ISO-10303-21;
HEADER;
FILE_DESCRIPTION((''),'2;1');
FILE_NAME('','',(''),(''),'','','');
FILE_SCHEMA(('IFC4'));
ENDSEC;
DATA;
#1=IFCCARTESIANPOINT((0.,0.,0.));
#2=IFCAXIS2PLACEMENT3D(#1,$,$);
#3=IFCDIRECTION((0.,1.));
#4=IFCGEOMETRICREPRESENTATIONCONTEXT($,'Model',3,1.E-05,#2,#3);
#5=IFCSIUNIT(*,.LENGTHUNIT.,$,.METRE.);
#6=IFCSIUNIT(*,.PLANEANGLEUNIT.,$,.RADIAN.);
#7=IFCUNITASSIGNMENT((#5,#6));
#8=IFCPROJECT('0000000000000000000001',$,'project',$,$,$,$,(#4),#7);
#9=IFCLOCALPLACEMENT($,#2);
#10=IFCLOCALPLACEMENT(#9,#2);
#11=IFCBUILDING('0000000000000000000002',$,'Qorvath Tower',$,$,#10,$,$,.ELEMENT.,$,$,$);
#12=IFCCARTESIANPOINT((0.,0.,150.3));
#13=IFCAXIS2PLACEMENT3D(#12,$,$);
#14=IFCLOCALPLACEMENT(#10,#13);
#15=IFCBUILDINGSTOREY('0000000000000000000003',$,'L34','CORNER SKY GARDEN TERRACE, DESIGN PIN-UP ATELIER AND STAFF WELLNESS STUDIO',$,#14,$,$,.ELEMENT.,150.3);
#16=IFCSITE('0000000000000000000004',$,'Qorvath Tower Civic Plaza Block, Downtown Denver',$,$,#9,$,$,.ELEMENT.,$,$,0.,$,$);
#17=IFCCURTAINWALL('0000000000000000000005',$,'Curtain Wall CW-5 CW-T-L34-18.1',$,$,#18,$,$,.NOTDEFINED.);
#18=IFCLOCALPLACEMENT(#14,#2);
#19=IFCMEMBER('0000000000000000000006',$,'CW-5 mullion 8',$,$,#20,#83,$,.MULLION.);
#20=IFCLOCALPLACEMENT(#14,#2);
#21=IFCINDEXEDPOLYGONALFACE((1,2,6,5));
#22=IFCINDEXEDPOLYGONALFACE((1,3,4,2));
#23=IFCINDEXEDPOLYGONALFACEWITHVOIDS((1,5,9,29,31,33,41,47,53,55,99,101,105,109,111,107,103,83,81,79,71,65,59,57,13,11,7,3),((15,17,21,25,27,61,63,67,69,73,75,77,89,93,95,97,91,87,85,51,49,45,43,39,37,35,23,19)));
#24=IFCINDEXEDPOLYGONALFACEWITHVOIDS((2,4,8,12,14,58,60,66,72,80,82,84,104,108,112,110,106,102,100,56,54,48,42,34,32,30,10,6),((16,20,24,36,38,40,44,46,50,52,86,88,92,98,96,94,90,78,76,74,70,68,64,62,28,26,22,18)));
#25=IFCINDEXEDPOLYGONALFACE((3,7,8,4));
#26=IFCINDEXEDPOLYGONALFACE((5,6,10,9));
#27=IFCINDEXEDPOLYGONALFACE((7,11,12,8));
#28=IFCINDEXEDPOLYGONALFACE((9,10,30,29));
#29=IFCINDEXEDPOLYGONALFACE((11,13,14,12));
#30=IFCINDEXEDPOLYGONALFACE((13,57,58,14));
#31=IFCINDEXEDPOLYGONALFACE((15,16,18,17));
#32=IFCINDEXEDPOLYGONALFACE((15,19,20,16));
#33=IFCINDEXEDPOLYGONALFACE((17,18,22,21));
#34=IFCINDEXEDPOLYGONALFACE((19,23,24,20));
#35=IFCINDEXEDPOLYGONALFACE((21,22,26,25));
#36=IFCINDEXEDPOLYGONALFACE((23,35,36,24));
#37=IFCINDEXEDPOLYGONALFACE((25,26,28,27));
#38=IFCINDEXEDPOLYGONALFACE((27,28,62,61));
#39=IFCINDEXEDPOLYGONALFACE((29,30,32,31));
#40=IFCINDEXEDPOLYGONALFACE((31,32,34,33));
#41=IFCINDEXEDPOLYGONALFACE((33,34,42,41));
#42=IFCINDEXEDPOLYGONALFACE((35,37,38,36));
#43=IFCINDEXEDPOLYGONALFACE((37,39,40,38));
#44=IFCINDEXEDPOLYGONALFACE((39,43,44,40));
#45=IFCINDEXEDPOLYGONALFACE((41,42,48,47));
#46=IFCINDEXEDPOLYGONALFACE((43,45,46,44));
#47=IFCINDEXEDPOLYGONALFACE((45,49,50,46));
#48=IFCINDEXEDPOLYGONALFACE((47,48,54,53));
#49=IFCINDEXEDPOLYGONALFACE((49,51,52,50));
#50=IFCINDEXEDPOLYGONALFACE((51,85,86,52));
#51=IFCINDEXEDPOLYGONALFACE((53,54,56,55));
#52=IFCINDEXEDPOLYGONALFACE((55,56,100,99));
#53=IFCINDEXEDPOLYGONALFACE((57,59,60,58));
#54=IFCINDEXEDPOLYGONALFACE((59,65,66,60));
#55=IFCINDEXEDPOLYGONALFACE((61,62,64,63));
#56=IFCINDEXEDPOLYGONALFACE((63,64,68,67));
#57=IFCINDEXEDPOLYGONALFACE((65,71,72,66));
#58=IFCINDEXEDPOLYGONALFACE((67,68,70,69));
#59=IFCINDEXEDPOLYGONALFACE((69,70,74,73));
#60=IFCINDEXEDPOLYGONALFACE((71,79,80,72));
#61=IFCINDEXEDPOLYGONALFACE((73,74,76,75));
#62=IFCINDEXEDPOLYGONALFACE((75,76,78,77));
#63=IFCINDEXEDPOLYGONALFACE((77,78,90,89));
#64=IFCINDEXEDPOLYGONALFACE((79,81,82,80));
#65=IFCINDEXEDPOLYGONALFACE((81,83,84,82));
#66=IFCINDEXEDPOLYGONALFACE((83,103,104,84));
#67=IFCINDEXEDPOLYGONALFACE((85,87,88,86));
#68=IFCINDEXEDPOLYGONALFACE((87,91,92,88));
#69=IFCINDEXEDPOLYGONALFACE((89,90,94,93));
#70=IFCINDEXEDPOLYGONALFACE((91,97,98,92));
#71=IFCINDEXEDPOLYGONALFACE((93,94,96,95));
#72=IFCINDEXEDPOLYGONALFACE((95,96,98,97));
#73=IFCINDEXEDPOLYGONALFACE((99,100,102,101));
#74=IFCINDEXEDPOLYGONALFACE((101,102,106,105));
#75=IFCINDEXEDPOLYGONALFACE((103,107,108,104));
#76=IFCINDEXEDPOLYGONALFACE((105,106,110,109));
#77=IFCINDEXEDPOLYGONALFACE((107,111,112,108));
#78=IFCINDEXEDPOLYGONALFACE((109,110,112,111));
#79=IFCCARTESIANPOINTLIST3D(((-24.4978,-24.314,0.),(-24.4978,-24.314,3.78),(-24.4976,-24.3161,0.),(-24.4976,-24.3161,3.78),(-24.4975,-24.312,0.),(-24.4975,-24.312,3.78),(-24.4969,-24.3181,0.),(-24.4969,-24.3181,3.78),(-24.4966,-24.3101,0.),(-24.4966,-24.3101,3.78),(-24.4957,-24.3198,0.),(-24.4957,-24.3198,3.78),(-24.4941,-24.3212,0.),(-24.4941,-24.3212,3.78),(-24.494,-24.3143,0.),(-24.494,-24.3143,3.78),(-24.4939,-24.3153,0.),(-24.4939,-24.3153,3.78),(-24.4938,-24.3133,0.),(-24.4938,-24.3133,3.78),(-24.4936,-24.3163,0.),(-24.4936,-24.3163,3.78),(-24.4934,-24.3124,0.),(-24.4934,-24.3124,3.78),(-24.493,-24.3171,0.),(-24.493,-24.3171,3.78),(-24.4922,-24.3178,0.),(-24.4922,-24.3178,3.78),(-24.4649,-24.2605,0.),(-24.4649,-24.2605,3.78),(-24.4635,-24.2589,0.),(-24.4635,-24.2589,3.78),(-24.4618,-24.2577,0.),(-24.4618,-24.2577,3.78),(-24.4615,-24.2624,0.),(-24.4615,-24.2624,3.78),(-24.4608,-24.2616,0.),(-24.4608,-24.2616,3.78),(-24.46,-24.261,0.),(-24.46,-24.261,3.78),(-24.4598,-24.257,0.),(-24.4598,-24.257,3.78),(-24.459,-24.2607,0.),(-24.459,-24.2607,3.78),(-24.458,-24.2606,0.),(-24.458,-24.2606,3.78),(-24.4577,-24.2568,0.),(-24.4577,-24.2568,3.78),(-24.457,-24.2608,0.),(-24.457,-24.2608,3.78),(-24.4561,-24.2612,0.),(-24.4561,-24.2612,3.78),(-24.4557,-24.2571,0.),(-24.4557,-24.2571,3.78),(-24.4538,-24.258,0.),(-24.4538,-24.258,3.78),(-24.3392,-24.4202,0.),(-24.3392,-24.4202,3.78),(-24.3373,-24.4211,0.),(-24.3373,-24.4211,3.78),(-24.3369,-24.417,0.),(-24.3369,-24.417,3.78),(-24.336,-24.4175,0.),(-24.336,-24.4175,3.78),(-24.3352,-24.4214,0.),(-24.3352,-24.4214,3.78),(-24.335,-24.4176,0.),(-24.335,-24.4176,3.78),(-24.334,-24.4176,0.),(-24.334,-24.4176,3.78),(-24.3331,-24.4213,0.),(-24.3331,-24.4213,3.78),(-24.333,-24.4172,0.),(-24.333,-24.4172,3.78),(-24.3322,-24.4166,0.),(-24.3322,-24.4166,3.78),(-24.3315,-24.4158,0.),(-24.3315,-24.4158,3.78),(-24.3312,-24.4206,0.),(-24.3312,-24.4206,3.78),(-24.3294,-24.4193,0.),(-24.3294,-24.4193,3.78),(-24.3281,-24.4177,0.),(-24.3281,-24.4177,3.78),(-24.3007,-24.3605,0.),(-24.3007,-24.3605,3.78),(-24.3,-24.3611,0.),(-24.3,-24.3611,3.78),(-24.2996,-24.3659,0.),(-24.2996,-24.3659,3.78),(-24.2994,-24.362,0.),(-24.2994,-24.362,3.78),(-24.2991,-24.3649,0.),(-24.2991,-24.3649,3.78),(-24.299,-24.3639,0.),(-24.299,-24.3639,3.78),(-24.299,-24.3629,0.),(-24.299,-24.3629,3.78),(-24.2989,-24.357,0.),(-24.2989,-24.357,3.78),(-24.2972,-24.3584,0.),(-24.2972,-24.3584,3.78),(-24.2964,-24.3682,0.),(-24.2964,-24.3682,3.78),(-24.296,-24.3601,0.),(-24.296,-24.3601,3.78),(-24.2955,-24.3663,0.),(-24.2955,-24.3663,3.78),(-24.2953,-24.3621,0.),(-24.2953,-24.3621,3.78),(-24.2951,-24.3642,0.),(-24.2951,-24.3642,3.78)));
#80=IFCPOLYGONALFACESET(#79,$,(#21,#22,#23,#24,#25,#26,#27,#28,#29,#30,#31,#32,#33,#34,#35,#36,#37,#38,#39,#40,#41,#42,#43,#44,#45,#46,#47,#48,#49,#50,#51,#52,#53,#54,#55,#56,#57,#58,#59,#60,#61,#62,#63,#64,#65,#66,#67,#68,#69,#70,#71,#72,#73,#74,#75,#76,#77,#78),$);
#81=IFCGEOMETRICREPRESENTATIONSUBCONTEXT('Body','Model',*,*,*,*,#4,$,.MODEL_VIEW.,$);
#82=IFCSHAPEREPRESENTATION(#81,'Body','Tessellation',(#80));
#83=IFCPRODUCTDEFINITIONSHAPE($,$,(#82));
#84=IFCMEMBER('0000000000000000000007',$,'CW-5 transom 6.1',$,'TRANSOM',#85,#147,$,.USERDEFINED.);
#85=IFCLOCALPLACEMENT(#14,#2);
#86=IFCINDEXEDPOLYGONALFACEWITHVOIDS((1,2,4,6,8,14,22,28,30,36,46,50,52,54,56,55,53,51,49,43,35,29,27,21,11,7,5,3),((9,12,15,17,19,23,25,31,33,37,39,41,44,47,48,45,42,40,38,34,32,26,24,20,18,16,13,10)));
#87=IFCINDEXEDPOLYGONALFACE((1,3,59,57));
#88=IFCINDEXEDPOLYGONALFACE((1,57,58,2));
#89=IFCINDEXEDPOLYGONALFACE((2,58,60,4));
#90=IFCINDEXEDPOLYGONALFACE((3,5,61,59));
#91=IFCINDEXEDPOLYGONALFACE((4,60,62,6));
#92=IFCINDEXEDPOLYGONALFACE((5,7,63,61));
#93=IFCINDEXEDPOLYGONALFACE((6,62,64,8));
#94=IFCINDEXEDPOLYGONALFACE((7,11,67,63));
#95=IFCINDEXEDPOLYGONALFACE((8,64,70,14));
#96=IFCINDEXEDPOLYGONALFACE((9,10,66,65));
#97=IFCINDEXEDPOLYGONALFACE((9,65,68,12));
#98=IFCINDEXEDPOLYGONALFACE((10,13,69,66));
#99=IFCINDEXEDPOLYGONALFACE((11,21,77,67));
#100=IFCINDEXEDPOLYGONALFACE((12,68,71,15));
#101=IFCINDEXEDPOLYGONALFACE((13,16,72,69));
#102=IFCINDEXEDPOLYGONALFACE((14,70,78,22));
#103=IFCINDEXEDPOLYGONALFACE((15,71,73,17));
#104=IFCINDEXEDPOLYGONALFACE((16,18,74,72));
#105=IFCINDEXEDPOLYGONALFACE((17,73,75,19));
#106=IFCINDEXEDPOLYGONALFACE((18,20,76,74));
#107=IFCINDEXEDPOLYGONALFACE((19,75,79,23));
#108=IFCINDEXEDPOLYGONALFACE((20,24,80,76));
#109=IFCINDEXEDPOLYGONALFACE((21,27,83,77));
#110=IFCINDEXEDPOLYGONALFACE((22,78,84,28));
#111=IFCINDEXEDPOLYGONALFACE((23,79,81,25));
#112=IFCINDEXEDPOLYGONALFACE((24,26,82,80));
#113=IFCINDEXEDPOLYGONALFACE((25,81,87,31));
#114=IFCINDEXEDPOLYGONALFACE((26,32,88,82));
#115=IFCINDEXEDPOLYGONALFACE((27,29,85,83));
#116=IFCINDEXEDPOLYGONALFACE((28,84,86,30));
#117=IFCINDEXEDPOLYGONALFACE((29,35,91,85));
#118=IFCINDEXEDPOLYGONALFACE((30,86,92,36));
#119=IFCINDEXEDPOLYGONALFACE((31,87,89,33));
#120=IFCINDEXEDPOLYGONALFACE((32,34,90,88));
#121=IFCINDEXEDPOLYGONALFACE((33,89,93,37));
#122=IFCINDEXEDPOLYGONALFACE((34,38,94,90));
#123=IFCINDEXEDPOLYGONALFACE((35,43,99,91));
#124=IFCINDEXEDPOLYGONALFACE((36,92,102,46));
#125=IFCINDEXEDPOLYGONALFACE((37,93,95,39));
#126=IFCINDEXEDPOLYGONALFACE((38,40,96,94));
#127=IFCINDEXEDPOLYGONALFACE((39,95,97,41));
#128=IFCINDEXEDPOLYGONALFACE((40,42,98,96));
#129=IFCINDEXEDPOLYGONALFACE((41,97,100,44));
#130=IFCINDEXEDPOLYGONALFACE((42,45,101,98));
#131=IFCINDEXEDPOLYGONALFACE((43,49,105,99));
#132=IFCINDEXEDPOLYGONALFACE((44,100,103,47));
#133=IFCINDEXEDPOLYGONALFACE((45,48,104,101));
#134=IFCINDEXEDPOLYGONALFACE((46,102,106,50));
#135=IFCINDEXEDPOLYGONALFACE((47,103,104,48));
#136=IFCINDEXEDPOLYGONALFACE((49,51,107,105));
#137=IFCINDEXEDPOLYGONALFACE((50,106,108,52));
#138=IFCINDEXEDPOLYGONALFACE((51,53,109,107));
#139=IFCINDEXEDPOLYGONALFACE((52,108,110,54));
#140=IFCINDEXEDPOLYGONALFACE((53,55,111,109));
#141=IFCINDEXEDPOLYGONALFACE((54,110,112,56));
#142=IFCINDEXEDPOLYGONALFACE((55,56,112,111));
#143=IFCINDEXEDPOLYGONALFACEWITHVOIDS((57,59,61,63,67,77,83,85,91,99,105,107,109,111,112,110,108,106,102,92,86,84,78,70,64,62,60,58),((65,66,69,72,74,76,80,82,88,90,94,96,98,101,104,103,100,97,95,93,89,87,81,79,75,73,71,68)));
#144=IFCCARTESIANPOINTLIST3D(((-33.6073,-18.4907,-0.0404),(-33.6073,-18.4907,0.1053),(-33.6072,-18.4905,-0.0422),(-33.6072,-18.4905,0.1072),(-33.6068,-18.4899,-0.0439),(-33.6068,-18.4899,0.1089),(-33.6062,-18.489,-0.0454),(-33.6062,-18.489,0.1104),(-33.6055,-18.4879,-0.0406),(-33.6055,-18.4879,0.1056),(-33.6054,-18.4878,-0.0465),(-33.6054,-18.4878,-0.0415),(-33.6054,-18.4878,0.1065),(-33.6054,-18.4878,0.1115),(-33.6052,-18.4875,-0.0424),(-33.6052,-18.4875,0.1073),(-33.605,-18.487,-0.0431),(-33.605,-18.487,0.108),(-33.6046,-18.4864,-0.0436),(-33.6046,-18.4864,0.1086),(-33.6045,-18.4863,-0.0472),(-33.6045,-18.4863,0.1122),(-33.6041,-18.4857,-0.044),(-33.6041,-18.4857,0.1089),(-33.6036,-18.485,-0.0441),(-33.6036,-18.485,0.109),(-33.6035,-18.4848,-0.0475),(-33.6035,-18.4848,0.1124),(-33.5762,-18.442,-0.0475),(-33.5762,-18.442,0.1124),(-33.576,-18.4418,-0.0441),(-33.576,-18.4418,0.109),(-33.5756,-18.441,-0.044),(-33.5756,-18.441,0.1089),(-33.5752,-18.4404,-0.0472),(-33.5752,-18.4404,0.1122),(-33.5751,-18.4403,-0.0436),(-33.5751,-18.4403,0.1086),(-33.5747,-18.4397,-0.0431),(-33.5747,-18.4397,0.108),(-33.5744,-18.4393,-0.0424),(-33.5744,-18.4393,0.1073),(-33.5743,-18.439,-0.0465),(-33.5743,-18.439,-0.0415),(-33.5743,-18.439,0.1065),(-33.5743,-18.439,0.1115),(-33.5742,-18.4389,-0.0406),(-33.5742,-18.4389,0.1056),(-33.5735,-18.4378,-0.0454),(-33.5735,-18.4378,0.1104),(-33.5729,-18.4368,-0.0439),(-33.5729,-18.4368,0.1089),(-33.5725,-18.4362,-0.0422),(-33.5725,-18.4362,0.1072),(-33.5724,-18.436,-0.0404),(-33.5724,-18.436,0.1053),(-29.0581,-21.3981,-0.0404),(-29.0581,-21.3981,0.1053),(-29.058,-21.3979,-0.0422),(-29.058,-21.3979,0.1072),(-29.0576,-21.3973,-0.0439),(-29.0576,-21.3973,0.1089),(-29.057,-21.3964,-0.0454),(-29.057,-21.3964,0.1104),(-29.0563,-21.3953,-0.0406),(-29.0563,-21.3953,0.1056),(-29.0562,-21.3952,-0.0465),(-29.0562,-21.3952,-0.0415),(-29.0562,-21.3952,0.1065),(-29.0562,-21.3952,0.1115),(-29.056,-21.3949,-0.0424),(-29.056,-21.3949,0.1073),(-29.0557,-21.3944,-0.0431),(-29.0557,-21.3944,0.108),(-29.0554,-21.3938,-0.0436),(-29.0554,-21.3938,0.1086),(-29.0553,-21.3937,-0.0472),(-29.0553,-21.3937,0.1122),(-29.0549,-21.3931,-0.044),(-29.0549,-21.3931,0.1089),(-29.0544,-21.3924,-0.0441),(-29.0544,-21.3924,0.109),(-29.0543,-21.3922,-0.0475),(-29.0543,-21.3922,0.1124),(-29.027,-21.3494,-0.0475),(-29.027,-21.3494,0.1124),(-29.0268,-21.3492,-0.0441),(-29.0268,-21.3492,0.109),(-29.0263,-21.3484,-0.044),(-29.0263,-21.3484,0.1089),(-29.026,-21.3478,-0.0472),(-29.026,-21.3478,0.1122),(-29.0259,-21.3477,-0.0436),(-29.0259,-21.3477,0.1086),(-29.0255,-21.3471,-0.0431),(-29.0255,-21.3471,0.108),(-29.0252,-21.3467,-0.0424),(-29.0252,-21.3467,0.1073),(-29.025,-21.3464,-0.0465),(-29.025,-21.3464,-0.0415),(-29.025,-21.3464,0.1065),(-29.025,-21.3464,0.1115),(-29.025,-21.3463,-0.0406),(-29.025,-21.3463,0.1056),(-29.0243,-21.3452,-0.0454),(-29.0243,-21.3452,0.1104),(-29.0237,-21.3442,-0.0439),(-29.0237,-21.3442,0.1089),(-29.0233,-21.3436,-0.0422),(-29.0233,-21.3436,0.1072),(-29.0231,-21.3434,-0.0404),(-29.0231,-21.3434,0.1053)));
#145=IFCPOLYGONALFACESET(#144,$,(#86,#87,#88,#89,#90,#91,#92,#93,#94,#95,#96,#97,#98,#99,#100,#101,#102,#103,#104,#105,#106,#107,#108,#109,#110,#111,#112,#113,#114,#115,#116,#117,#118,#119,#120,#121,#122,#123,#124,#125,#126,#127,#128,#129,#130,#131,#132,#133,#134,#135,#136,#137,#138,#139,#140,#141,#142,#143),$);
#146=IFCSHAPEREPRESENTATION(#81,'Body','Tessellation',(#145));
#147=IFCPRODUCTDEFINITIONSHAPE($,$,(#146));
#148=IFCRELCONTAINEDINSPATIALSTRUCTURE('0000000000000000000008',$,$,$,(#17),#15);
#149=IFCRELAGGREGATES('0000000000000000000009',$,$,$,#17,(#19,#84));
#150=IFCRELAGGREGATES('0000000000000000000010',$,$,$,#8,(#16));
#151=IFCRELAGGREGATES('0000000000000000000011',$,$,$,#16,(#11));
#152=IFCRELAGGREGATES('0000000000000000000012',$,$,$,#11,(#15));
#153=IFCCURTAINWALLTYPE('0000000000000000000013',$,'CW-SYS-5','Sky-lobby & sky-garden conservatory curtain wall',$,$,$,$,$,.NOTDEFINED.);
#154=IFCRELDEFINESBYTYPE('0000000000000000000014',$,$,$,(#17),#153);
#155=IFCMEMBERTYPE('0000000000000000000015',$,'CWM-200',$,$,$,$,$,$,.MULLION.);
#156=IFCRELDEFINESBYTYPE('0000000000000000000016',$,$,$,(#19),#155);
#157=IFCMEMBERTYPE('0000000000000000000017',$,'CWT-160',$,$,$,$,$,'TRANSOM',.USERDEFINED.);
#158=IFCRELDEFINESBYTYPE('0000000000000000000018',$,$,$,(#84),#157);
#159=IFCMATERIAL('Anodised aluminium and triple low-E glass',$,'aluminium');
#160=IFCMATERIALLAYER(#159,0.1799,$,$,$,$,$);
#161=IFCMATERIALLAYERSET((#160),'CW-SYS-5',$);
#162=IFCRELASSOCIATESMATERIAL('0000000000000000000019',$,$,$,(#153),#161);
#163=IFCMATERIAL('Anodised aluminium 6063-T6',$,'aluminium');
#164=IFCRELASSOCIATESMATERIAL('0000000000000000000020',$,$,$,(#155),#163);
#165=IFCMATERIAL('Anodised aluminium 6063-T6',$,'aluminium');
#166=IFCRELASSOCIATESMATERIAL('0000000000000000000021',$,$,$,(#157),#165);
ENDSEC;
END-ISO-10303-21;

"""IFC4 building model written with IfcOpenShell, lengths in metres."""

from ifc_helpers import new_model, si_unit, direction, frame, origin, origin_2d, place, context, subcontext, project, spatial, hollow_rectangle, extrude, material, layer, layer_set, material_profile, profile_set, type_object, element, aggregate, save


model = new_model("IFC4")

# Units and contexts
model_context = context("Model", 3, precision=1e-05, world=origin(), true_north=direction((0.0, 1.0)))
body_context = subcontext(model_context, "Body", "Model", "MODEL_VIEW")
ifc_project = project(units=[si_unit("LENGTHUNIT", "METRE"), si_unit("PLANEANGLEUNIT", "RADIAN")], contexts=[model_context])

# Site, building, storey
site_placement = place(None, origin())
site = spatial("IfcSite", under=ifc_project, at=site_placement, Name="Qorvath Tower Civic Plaza Block, Downtown Denver", CompositionType="ELEMENT", RefElevation=0.0)
building_placement = place(site_placement, origin())
building = spatial("IfcBuilding", under=site, at=building_placement, Name="Qorvath Tower", CompositionType="ELEMENT")
storey_placement = place(building_placement, frame((0.0, 0.0, 150.3)))
storey = spatial("IfcBuildingStorey", under=building, at=storey_placement, Name="L34", Description="CORNER SKY GARDEN TERRACE, DESIGN PIN-UP ATELIER AND STAFF WELLNESS STUDIO", CompositionType="ELEMENT", Elevation=150.3)

# Curtain wall, members
ifc_material_1 = material(Name="Anodised aluminium and triple low-E glass", Category="aluminium")
ifc_layer_1 = layer(ifc_material_1, 0.1799)
ifc_layer_set_1 = layer_set([ifc_layer_1], Name="CW-SYS-5")
curtain_wall_type = type_object("IfcCurtainWallType", Name="CW-SYS-5", Description="Sky-lobby & sky-garden conservatory curtain wall", PredefinedType="NOTDEFINED", material=ifc_layer_set_1)
curtain_wall_placement = place(storey_placement, origin())
curtain_wall = element("IfcCurtainWall", 1, at=curtain_wall_placement, inside=storey, type_object=curtain_wall_type, Name="Curtain Wall CW-5 CW-T-L34-18.1", PredefinedType="NOTDEFINED")
ifc_material_2 = material(Name="Anodised aluminium 6063-T6", Category="aluminium")
ifc_material_profile_1 = material_profile(ifc_material_2, hollow_rectangle(XDim=0.075, YDim=0.2, WallThickness=0.0039, InnerFilletRadius=0.0039, OuterFilletRadius=0.0081, at=origin_2d()), Name="CWM 200x75")
ifc_profile_set_1 = profile_set([ifc_material_profile_1], Name="Anodised aluminium 6063-T6")
member_type_1 = type_object("IfcMemberType", Name="CWM-200", PredefinedType="MULLION", material=ifc_profile_set_1)
member_1_placement = place(storey_placement, frame((-24.3965, -24.3391, 0.0), z_axis=(0.0, 0.0, 1.0), x_axis=(0.538536, 0.842602, 0.0)))
member_1 = element("IfcMember", 2, at=member_1_placement, type_object=member_type_1, Name="CW-5 mullion 8", PredefinedType="MULLION", context=body_context, shape_type="SweptSolid", body=[
    extrude(hollow_rectangle(XDim=0.075, YDim=0.2, WallThickness=0.0039, InnerFilletRadius=0.0039, OuterFilletRadius=0.0081, at=origin_2d()), origin(), (0.0, 0.0, 1.0), 3.78),
])
ifc_material_3 = material(Name="Anodised aluminium 6063-T6", Category="aluminium")
ifc_material_profile_2 = material_profile(ifc_material_3, hollow_rectangle(XDim=0.0649, YDim=0.1599, WallThickness=0.0034, InnerFilletRadius=0.0034, OuterFilletRadius=0.0071, at=origin_2d()), Name="CWT 160x65")
ifc_profile_set_2 = profile_set([ifc_material_profile_2], Name="Anodised aluminium 6063-T6")
member_type_2 = type_object("IfcMemberType", Name="CWT-160", ElementType="TRANSOM", PredefinedType="USERDEFINED", material=ifc_profile_set_2)
member_2_placement = place(storey_placement, frame((-33.5898, -18.4634, 0.0325), z_axis=(0.842615, -0.538516, 0.0), x_axis=(0.538516, 0.842615, 0.0)))
member_2 = element("IfcMember", 3, at=member_2_placement, type_object=member_type_2, Name="CW-5 transom 6.1", ObjectType="TRANSOM", PredefinedType="USERDEFINED", context=body_context, shape_type="SweptSolid", body=[
    extrude(hollow_rectangle(XDim=0.0649, YDim=0.1599, WallThickness=0.0034, InnerFilletRadius=0.0034, OuterFilletRadius=0.0071, at=origin_2d()), origin(), (0.0, 0.0, 1.0), 5.3989),
])
aggregate(curtain_wall, [member_1, member_2])

save(model, "model.ifc")
